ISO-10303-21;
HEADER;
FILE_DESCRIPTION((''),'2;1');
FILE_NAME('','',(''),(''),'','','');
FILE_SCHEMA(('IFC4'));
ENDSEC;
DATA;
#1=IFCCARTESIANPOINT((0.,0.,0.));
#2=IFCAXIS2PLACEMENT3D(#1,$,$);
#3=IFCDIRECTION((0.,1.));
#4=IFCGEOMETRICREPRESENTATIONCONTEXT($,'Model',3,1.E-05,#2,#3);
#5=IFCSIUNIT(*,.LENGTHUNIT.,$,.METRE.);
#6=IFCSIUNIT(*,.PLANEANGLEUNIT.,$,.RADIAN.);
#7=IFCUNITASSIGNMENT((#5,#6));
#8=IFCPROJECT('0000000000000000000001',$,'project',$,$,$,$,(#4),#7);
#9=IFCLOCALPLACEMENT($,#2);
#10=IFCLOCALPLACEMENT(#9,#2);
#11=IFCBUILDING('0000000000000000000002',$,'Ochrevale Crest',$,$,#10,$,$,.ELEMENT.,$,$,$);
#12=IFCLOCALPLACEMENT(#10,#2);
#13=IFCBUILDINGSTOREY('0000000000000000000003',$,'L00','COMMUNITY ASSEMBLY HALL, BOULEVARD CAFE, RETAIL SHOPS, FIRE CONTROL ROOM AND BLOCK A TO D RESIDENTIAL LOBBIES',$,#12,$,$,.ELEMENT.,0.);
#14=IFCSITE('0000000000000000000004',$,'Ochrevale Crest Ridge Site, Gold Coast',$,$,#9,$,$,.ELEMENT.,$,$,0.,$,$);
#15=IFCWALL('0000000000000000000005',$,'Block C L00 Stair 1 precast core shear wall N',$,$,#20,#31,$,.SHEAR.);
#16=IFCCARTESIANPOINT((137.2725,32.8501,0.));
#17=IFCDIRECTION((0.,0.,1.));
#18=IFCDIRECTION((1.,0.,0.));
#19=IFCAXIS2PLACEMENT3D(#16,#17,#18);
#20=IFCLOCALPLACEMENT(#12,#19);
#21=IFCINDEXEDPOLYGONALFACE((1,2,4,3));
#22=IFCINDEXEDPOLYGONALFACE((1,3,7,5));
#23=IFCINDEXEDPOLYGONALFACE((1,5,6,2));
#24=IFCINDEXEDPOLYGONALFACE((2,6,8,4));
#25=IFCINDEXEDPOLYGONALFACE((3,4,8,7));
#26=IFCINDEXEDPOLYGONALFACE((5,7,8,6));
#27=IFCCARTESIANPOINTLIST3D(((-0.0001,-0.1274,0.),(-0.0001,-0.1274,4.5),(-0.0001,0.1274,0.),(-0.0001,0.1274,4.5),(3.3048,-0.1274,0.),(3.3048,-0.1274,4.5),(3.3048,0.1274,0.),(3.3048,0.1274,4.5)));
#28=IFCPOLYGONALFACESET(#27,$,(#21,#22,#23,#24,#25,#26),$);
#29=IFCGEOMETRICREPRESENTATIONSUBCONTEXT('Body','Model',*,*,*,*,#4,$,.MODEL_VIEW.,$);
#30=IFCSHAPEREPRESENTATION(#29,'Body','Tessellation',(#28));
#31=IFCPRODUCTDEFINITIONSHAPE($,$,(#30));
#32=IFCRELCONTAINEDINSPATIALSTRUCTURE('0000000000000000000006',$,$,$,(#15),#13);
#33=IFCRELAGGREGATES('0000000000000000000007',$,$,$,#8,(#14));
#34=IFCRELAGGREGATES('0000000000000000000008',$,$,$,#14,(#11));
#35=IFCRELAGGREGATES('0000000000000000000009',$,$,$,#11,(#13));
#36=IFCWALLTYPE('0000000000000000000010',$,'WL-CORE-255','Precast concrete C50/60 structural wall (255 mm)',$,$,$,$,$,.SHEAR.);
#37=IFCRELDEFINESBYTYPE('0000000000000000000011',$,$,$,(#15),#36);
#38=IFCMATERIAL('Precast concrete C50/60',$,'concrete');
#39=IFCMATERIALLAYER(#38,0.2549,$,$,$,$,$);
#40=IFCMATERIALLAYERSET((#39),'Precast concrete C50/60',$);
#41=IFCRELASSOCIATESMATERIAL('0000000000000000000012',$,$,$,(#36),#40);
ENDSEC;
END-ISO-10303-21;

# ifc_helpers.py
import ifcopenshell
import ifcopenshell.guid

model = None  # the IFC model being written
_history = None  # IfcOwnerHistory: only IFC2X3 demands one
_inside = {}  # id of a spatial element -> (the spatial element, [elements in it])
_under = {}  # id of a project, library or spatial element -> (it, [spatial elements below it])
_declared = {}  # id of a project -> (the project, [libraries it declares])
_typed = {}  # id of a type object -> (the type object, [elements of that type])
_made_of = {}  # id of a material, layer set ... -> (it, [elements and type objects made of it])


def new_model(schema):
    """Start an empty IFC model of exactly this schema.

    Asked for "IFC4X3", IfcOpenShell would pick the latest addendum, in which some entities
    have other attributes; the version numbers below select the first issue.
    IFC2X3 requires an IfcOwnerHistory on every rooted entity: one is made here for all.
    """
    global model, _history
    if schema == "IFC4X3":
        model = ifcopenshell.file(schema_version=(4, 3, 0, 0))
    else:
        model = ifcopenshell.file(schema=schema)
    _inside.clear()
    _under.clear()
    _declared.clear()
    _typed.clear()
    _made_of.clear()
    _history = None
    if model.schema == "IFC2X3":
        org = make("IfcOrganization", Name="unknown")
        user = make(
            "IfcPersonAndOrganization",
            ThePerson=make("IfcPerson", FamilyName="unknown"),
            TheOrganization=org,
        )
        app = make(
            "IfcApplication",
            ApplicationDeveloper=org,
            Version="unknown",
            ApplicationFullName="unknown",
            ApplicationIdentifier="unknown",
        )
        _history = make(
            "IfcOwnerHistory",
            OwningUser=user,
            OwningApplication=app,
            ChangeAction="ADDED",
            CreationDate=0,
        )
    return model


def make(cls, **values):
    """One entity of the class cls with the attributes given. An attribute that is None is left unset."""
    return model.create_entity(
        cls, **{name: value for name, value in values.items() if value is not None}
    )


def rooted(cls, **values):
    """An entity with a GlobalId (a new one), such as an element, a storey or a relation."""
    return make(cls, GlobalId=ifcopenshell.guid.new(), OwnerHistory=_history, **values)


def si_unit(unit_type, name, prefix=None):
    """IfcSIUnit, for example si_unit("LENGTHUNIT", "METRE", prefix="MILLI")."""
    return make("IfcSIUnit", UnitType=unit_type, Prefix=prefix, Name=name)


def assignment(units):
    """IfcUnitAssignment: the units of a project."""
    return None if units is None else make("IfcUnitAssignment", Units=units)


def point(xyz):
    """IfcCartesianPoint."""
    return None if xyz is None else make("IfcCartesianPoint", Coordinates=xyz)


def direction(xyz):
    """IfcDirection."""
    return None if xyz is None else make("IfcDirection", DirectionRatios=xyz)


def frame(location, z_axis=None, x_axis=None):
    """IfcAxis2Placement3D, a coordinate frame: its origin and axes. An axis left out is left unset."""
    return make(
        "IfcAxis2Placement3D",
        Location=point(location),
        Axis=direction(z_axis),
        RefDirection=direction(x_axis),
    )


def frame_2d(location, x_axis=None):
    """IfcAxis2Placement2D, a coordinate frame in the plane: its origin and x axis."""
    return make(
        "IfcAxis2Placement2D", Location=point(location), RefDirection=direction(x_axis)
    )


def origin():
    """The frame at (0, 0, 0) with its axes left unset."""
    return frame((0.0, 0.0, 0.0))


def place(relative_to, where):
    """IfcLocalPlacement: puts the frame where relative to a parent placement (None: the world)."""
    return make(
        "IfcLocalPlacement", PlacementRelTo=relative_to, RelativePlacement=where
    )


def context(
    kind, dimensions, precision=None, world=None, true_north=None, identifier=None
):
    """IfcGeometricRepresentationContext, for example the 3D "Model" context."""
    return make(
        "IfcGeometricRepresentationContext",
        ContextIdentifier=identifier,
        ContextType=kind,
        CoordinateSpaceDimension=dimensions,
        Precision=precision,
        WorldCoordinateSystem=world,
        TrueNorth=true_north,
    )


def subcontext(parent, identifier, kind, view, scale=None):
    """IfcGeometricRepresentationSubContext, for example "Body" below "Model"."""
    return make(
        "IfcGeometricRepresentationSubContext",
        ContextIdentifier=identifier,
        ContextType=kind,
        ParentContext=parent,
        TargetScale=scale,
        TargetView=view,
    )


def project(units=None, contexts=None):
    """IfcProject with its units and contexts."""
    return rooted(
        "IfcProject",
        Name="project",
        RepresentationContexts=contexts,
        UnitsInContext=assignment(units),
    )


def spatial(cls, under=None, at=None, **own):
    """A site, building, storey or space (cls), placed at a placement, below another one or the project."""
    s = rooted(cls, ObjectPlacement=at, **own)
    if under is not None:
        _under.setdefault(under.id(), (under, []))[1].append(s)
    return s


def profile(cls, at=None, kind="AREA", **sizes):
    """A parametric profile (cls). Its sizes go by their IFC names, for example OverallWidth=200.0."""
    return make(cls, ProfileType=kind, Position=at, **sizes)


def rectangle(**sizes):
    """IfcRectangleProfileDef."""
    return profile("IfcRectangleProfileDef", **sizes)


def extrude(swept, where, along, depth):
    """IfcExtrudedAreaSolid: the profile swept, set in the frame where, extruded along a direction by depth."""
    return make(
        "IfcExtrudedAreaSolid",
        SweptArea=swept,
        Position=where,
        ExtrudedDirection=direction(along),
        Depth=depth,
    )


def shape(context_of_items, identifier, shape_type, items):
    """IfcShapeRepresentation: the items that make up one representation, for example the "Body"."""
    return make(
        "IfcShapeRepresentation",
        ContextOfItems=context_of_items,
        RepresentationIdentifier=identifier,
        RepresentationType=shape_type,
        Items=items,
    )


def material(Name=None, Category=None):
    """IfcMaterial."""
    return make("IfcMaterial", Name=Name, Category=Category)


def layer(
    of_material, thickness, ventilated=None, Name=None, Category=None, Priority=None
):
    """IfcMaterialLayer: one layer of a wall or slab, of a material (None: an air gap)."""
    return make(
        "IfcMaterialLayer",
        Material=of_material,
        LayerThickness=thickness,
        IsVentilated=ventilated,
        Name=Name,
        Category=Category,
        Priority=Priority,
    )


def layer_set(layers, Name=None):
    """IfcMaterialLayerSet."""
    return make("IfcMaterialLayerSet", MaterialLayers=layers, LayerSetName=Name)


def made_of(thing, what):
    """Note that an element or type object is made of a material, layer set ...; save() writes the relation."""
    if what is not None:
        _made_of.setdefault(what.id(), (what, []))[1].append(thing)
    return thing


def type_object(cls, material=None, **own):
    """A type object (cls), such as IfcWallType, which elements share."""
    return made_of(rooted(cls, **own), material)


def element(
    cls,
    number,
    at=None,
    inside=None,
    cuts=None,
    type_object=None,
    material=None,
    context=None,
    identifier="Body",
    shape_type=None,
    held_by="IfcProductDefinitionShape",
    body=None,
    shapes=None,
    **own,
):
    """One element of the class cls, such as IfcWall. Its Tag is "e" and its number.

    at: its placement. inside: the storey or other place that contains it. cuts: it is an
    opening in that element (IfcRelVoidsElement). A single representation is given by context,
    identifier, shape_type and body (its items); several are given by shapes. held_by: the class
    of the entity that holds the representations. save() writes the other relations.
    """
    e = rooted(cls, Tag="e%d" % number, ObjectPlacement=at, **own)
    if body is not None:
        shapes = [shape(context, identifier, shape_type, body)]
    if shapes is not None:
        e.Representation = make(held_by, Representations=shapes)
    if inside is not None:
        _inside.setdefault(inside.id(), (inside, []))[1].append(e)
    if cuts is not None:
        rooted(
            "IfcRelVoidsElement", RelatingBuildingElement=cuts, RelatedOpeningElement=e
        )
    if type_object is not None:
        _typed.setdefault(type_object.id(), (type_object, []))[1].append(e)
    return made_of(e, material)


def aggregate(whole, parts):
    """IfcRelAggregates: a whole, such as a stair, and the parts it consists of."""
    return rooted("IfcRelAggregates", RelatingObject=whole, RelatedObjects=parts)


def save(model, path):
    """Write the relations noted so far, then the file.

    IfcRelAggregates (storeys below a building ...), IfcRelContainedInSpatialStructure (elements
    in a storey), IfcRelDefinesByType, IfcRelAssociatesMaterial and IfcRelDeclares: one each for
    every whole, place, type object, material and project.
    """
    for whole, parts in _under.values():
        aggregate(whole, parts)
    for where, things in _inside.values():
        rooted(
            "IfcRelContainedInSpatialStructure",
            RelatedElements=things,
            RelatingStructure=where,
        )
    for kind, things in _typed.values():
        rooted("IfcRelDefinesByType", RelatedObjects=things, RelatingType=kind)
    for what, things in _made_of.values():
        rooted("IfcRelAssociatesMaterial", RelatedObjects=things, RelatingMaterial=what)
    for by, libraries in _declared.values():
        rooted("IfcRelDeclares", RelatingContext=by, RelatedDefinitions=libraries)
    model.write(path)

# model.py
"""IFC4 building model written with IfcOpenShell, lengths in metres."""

from ifc_helpers import new_model, si_unit, direction, frame, frame_2d, origin, place, context, subcontext, project, spatial, rectangle, extrude, material, layer, layer_set, type_object, element, save


model = new_model("IFC4")

# Units and contexts
model_context = context("Model", 3, precision=1e-05, world=origin(), true_north=direction((0.0, 1.0)))
body_context = subcontext(model_context, "Body", "Model", "MODEL_VIEW")
ifc_project = project(units=[si_unit("LENGTHUNIT", "METRE"), si_unit("PLANEANGLEUNIT", "RADIAN")], contexts=[model_context])

# Site, building, storey
site_placement = place(None, origin())
site = spatial("IfcSite", under=ifc_project, at=site_placement, Name="Ochrevale Crest Ridge Site, Gold Coast", CompositionType="ELEMENT", RefElevation=0.0)
building_placement = place(site_placement, origin())
building = spatial("IfcBuilding", under=site, at=building_placement, Name="Ochrevale Crest", CompositionType="ELEMENT")
storey_placement = place(building_placement, origin())
storey = spatial("IfcBuildingStorey", under=building, at=storey_placement, Name="L00", Description="COMMUNITY ASSEMBLY HALL, BOULEVARD CAFE, RETAIL SHOPS, FIRE CONTROL ROOM AND BLOCK A TO D RESIDENTIAL LOBBIES", CompositionType="ELEMENT", Elevation=0.0)

# Shared definitions
ifc_material_1 = material(Name="Precast concrete C50/60", Category="concrete")

# Shared definitions
ifc_layer_1 = layer(ifc_material_1, 0.2549)
ifc_layer_set_1 = layer_set([ifc_layer_1], Name="Precast concrete C50/60")
wall_type_1 = type_object("IfcWallType", Name="WL-CORE-255", Description="Precast concrete C50/60 structural wall (255 mm)", PredefinedType="SHEAR", material=ifc_layer_set_1)

# Wall
wall_1_placement = place(storey_placement, frame((137.2725, 32.8501, 0.0), z_axis=(0.0, 0.0, 1.0), x_axis=(1.0, 0.0, 0.0)))
element("IfcWall", 1, at=wall_1_placement, inside=storey, type_object=wall_type_1, Name="Block C L00 Stair 1 precast core shear wall N", PredefinedType="SHEAR", context=body_context, shape_type="SweptSolid", body=[
    extrude(rectangle(XDim=3.3049, YDim=0.2549, at=frame_2d((1.6523, 0.0))), origin(), (0.0, 0.0, 1.0), 4.5),
])

save(model, "model.ifc")
